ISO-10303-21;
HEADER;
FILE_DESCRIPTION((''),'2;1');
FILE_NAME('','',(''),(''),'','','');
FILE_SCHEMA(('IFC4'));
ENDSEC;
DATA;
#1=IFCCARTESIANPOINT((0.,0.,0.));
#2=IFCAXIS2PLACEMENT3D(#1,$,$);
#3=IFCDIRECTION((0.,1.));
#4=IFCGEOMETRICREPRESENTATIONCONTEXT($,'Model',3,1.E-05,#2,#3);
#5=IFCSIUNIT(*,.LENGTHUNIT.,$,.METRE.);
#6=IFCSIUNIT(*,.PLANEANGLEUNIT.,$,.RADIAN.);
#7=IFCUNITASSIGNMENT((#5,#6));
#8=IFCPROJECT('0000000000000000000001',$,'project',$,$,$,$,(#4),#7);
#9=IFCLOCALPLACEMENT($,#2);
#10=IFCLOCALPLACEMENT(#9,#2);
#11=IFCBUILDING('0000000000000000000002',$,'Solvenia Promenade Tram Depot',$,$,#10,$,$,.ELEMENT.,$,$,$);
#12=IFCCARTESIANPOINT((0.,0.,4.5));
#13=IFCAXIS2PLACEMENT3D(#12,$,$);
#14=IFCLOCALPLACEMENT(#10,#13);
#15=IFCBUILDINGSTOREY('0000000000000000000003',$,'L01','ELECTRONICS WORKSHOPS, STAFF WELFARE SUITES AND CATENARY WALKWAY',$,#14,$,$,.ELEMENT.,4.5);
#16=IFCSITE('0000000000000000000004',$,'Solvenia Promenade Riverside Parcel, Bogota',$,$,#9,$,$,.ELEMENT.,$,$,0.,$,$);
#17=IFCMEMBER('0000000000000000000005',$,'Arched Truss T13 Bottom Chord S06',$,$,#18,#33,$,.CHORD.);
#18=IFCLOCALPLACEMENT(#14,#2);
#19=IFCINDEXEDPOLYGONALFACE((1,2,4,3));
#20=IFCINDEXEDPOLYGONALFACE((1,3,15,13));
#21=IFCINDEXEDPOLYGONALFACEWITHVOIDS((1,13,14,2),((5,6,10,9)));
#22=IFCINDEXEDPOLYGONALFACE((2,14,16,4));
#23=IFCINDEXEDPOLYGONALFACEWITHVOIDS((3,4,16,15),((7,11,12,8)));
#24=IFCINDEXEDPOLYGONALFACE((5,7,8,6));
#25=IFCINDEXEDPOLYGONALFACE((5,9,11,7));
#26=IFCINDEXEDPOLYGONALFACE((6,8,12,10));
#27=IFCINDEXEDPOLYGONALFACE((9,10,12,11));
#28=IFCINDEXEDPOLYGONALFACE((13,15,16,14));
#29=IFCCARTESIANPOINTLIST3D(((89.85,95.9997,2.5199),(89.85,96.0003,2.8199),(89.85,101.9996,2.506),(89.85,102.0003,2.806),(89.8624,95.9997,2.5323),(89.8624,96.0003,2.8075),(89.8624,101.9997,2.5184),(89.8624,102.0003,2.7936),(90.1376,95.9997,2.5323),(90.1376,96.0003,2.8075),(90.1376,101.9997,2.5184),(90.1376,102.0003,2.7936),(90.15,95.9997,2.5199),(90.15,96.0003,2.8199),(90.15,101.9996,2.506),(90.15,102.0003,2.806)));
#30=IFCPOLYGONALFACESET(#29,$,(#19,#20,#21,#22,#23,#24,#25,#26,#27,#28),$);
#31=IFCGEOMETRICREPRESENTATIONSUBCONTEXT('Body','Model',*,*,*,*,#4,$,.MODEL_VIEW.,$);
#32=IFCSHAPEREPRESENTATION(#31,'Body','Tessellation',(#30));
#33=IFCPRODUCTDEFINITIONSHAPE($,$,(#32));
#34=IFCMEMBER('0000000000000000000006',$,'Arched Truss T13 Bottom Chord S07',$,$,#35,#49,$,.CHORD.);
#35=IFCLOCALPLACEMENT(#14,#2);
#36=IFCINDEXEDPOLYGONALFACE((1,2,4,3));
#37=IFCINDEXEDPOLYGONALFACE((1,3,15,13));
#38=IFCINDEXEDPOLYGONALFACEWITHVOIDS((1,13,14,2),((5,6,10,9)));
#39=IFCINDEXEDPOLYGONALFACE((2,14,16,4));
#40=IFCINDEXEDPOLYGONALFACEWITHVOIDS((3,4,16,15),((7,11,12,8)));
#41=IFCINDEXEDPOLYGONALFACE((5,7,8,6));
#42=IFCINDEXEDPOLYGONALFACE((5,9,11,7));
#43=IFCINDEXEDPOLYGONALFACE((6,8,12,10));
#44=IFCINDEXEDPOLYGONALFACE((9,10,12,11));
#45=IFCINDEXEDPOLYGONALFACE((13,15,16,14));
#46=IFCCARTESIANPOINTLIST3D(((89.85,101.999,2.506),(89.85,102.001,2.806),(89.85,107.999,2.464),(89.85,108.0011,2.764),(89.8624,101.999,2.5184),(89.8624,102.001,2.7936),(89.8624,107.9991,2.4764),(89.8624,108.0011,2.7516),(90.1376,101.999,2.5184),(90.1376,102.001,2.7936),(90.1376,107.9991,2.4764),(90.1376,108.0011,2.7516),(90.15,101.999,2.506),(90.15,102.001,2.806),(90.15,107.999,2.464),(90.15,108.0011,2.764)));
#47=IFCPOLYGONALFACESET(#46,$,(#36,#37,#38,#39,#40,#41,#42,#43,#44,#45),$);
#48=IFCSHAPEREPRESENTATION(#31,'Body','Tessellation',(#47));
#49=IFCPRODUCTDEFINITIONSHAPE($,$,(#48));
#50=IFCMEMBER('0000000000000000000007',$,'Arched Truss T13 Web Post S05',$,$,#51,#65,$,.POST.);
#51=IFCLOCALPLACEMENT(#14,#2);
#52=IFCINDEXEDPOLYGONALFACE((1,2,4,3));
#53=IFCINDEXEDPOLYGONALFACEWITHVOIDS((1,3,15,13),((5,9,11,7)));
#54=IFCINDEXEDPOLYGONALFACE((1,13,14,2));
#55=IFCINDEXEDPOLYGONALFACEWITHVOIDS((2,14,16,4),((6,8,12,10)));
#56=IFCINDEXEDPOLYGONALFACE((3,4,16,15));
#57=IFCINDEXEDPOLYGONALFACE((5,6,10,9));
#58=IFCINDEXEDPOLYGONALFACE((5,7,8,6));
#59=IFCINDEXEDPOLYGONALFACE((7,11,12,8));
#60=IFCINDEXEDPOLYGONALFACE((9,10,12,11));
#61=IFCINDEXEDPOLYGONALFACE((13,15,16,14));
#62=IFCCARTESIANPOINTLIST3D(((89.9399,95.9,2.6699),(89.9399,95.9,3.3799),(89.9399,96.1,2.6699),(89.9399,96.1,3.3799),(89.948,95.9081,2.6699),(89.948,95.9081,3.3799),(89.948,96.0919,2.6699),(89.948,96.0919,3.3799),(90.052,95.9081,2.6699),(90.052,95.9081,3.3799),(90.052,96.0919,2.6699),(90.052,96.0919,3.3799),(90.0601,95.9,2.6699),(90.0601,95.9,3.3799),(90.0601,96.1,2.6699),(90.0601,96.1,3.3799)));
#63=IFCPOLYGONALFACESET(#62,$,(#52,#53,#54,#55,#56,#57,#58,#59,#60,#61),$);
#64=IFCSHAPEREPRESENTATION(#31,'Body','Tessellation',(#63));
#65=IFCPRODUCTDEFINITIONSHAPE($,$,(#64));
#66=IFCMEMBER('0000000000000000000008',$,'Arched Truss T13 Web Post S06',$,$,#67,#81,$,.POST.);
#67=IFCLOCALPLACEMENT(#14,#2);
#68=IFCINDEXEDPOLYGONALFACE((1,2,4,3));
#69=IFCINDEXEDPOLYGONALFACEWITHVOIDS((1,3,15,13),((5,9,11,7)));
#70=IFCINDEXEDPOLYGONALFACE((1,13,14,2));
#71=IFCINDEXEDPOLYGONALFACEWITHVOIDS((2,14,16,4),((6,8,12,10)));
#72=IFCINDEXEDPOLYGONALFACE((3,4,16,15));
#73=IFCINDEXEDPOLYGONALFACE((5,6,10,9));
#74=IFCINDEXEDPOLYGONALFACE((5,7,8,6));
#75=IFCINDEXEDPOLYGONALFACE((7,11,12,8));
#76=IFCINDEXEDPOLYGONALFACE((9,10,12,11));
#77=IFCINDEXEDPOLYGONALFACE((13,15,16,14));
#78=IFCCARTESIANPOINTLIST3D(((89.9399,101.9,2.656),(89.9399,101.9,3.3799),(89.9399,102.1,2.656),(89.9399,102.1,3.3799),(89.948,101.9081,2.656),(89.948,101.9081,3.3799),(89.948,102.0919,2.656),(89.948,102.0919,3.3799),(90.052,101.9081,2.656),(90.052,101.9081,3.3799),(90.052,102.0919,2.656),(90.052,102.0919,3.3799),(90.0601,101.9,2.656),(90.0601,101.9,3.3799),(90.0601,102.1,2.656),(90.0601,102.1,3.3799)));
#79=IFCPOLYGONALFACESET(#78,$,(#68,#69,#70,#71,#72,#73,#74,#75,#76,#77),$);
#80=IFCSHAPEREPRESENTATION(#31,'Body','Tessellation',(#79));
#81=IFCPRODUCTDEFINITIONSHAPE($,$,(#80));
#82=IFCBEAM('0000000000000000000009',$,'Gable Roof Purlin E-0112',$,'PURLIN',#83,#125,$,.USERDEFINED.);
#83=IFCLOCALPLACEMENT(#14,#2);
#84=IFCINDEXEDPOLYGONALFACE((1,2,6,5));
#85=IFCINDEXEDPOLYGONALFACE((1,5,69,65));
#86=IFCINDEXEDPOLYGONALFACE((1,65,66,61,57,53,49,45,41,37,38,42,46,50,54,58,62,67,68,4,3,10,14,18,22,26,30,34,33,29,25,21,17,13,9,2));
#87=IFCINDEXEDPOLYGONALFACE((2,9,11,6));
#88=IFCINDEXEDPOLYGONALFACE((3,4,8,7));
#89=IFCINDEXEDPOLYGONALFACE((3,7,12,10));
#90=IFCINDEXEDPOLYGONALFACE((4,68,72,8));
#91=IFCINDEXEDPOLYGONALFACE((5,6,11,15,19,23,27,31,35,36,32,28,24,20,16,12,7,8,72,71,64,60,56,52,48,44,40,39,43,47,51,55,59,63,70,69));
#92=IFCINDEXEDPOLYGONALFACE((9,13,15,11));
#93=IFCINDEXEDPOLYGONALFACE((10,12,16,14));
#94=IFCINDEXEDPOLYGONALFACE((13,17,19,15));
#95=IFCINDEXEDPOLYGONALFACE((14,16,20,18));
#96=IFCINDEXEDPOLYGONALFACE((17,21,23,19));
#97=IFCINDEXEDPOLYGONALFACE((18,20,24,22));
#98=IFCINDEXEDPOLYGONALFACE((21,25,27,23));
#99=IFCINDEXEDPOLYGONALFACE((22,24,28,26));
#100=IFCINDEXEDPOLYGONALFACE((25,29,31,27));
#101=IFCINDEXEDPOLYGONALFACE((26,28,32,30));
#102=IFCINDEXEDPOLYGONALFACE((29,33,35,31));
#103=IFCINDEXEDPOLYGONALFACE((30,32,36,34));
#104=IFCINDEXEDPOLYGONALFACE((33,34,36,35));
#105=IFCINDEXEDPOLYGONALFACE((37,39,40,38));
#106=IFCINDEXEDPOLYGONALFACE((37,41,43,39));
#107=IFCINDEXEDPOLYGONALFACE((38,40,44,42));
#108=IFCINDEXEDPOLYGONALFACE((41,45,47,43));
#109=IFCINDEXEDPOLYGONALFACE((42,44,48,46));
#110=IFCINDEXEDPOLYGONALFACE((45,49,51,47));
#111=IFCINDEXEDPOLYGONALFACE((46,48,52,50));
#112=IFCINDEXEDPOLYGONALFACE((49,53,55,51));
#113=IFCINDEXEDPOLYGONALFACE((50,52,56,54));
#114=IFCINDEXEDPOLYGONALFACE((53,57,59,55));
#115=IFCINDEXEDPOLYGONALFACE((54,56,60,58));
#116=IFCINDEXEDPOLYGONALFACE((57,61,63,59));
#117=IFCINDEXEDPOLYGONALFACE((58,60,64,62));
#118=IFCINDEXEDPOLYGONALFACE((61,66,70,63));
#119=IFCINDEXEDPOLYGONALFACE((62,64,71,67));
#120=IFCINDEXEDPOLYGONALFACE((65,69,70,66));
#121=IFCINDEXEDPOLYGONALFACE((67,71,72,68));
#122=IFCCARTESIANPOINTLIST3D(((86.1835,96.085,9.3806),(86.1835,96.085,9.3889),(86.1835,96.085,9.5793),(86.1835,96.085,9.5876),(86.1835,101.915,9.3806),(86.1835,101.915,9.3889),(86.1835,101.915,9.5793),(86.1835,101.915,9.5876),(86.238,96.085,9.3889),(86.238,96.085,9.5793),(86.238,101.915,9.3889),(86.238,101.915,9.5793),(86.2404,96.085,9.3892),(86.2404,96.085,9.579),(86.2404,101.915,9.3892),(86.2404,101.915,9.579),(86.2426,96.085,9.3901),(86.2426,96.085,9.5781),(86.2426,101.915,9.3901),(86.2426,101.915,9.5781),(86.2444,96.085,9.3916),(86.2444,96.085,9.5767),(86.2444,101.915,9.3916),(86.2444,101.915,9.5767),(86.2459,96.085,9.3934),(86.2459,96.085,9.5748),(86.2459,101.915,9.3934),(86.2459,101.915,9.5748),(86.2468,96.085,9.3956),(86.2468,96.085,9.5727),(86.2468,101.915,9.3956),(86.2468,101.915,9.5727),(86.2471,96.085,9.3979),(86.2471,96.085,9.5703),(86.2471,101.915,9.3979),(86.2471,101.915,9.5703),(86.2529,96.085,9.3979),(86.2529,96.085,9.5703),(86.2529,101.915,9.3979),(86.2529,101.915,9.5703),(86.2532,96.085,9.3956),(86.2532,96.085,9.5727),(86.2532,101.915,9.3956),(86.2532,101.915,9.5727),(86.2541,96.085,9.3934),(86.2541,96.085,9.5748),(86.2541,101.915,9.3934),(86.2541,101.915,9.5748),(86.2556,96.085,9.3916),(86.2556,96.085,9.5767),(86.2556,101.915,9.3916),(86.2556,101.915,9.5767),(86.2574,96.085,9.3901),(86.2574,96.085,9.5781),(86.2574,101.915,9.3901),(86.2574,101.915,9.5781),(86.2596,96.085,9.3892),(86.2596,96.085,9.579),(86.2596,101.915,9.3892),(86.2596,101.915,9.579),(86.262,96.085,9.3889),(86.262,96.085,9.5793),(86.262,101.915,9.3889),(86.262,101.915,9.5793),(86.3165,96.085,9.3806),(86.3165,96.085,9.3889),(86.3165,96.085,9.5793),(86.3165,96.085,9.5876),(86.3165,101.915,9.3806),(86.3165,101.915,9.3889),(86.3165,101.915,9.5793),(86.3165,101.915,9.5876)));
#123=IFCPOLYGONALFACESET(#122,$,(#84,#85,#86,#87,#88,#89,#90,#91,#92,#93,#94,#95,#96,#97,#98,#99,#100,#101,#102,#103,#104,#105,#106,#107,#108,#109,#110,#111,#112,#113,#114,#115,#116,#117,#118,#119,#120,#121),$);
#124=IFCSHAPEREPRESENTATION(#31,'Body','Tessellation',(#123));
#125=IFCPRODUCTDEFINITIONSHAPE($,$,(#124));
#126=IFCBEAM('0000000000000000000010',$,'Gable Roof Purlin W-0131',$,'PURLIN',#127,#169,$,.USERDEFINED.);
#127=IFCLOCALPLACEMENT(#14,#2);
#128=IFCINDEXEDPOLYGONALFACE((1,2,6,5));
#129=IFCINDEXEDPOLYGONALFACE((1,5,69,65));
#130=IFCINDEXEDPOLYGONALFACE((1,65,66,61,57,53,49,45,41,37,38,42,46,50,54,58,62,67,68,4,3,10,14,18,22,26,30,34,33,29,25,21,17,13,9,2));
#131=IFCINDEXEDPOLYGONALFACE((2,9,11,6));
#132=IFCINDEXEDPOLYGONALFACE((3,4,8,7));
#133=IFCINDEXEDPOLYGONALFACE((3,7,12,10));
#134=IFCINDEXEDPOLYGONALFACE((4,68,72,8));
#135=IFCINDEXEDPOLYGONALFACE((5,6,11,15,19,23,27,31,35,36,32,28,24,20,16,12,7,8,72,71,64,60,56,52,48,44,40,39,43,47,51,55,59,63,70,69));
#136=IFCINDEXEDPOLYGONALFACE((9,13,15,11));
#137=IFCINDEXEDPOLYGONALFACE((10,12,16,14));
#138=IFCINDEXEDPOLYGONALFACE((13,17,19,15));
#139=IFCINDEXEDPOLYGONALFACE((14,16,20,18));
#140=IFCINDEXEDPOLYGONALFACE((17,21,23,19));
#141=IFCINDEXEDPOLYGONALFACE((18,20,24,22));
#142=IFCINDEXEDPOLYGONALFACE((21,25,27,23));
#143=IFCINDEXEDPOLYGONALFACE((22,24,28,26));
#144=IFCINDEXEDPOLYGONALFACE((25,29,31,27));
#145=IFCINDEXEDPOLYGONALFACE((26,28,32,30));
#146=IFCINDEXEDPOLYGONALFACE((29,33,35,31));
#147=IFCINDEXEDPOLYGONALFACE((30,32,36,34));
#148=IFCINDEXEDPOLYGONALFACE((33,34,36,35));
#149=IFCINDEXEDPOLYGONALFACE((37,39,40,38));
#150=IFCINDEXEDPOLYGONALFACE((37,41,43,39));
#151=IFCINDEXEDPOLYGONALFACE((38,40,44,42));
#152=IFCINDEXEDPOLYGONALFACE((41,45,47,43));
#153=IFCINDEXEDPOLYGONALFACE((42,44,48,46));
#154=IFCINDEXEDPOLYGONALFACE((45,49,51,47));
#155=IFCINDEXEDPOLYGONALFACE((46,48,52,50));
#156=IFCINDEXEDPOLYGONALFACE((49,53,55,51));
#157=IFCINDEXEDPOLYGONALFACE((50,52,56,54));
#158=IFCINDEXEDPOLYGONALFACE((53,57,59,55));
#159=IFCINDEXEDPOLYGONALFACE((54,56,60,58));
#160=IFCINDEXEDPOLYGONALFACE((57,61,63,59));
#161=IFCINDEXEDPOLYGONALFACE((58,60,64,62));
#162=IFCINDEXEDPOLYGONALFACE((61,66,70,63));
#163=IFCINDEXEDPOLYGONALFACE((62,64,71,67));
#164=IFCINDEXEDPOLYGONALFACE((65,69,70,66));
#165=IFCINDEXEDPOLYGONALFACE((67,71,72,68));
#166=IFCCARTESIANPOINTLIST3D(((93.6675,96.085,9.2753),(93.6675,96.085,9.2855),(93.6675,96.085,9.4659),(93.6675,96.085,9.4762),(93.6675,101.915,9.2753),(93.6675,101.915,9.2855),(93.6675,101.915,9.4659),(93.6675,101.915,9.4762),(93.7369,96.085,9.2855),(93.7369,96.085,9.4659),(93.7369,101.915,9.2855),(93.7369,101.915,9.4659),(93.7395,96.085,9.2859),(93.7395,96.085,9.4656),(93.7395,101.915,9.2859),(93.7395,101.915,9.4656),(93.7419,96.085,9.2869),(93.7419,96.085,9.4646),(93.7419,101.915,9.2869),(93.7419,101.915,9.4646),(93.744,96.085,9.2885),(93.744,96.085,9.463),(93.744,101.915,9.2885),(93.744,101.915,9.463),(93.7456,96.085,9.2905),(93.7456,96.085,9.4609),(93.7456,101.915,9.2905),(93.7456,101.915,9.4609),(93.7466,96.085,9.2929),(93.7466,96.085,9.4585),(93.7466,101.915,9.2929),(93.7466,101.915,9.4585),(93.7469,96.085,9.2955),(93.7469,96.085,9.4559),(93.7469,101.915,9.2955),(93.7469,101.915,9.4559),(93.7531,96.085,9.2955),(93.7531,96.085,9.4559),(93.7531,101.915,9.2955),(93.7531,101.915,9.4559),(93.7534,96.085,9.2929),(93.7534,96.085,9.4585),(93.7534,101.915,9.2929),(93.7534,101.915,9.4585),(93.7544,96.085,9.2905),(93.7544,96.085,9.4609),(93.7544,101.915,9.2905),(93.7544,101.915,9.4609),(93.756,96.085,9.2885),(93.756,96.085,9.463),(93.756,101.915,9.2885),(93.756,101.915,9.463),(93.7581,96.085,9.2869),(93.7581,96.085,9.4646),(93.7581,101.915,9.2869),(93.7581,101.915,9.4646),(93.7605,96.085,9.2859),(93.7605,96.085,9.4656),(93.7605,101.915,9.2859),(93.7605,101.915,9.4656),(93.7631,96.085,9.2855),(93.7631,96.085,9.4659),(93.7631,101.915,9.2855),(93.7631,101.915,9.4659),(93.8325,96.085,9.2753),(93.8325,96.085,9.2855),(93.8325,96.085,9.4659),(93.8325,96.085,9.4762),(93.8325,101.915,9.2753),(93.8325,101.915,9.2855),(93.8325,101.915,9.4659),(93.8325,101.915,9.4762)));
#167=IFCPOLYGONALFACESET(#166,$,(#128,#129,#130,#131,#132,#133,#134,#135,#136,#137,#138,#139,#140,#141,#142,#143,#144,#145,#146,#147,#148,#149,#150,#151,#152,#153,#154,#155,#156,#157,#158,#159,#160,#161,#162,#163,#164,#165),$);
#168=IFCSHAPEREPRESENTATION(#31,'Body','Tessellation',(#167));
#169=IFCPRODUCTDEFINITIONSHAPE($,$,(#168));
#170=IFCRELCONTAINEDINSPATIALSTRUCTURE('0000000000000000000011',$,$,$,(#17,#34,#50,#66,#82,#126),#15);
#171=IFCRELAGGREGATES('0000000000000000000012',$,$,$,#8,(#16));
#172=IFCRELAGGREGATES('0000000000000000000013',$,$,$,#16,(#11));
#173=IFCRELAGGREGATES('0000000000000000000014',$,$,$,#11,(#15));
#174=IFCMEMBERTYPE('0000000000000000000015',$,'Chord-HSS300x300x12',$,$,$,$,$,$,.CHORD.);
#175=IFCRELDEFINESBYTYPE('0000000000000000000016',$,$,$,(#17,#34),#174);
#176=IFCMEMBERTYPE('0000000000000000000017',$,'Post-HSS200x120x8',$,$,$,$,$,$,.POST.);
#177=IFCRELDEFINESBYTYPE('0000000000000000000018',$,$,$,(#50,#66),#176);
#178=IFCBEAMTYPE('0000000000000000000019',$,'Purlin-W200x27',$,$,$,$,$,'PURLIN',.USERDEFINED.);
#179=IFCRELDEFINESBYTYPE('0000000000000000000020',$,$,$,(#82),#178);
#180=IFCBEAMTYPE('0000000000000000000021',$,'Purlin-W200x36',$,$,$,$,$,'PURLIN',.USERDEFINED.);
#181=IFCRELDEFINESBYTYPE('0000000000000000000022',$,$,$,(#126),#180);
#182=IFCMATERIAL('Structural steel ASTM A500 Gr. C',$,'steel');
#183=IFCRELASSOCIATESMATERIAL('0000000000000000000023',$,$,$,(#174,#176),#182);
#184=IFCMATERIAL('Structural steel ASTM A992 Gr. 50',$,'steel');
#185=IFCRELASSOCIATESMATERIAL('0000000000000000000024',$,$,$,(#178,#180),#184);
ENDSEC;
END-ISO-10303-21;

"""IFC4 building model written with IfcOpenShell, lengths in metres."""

from ifc_helpers import new_model, si_unit, direction, frame, origin, origin_2d, place, context, subcontext, project, spatial, hollow_rectangle, i_section, extrude, material, material_profile, profile_set, type_object, element, save


model = new_model("IFC4")

# Units and contexts
model_context = context("Model", 3, precision=1e-05, world=origin(), true_north=direction((0.0, 1.0)))
body_context = subcontext(model_context, "Body", "Model", "MODEL_VIEW")
ifc_project = project(units=[si_unit("LENGTHUNIT", "METRE"), si_unit("PLANEANGLEUNIT", "RADIAN")], contexts=[model_context])

# Site, building, storey
site_placement = place(None, origin())
site = spatial("IfcSite", under=ifc_project, at=site_placement, Name="Solvenia Promenade Riverside Parcel, Bogota", CompositionType="ELEMENT", RefElevation=0.0)
building_placement = place(site_placement, origin())
building = spatial("IfcBuilding", under=site, at=building_placement, Name="Solvenia Promenade Tram Depot", CompositionType="ELEMENT")
storey_placement = place(building_placement, frame((0.0, 0.0, 4.5)))
storey = spatial("IfcBuildingStorey", under=building, at=storey_placement, Name="L01", Description="ELECTRONICS WORKSHOPS, STAFF WELFARE SUITES AND CATENARY WALKWAY", CompositionType="ELEMENT", Elevation=4.5)

# Members
ifc_material_1 = material(Name="Structural steel ASTM A500 Gr. C", Category="steel")
ifc_material_profile_1 = material_profile(ifc_material_1, hollow_rectangle(XDim=0.3, YDim=0.3, WallThickness=0.0125, at=origin_2d()), Name="HSS300x300x12.5", Category="steel")
ifc_profile_set_1 = profile_set([ifc_material_profile_1], Name="Structural steel ASTM A500 Gr. C")
member_type_1 = type_object("IfcMemberType", Name="Chord-HSS300x300x12", PredefinedType="CHORD", material=ifc_profile_set_1)
member_1_placement = place(storey_placement, frame((90.0, 96.0, 2.6699), z_axis=(0.0, 0.999997, -0.002319), x_axis=(-1.0, 0.0, 0.0)))
element("IfcMember", 1, at=member_1_placement, inside=storey, type_object=member_type_1, Name="Arched Truss T13 Bottom Chord S06", PredefinedType="CHORD", context=body_context, shape_type="SweptSolid", body=[
    extrude(hollow_rectangle(XDim=0.3, YDim=0.3, WallThickness=0.0125, at=origin_2d()), origin(), (0.0, 0.0, 1.0), 6.0),
])
member_2_placement = place(storey_placement, frame((90.0, 102.0, 2.656), z_axis=(0.0, 0.999976, -0.006999), x_axis=(-1.0, 0.0, 0.0)))
element("IfcMember", 2, at=member_2_placement, inside=storey, type_object=member_type_1, Name="Arched Truss T13 Bottom Chord S07", PredefinedType="CHORD", context=body_context, shape_type="SweptSolid", body=[
    extrude(hollow_rectangle(XDim=0.3, YDim=0.3, WallThickness=0.0125, at=origin_2d()), origin(), (0.0, 0.0, 1.0), 6.0002),
])
ifc_material_profile_2 = material_profile(ifc_material_1, hollow_rectangle(XDim=0.1201, YDim=0.2, WallThickness=0.0081, at=origin_2d()), Name="HSS200x120x8", Category="steel")
ifc_profile_set_2 = profile_set([ifc_material_profile_2], Name="Structural steel ASTM A500 Gr. C")
member_type_2 = type_object("IfcMemberType", Name="Post-HSS200x120x8", PredefinedType="POST", material=ifc_profile_set_2)
member_3_placement = place(storey_placement, frame((90.0, 96.0, 2.6699), z_axis=(0.0, 0.0, 1.0), x_axis=(1.0, 0.0, 0.0)))
element("IfcMember", 3, at=member_3_placement, inside=storey, type_object=member_type_2, Name="Arched Truss T13 Web Post S05", PredefinedType="POST", context=body_context, shape_type="SweptSolid", body=[
    extrude(hollow_rectangle(XDim=0.1201, YDim=0.2, WallThickness=0.0081, at=origin_2d()), origin(), (0.0, 0.0, 1.0), 0.71),
])
member_4_placement = place(storey_placement, frame((90.0, 102.0, 2.656), z_axis=(0.0, 0.0, 1.0), x_axis=(1.0, 0.0, 0.0)))
element("IfcMember", 4, at=member_4_placement, inside=storey, type_object=member_type_2, Name="Arched Truss T13 Web Post S06", PredefinedType="POST", context=body_context, shape_type="SweptSolid", body=[
    extrude(hollow_rectangle(XDim=0.1201, YDim=0.2, WallThickness=0.0081, at=origin_2d()), origin(), (0.0, 0.0, 1.0), 0.7239),
])

# Beams
ifc_material_2 = material(Name="Structural steel ASTM A992 Gr. 50", Category="steel")
ifc_material_profile_3 = material_profile(ifc_material_2, i_section(OverallWidth=0.1331, OverallDepth=0.207, WebThickness=0.0059, FlangeThickness=0.0083, FilletRadius=0.009, at=origin_2d()), Name="W200x27", Category="steel")
ifc_profile_set_3 = profile_set([ifc_material_profile_3], Name="Structural steel ASTM A992 Gr. 50")
beam_type_1 = type_object("IfcBeamType", Name="Purlin-W200x27", ElementType="PURLIN", PredefinedType="USERDEFINED", material=ifc_profile_set_3)
beam_1_placement = place(storey_placement, frame((86.25, 96.085, 9.4841), z_axis=(0.0, 1.0, 0.0), x_axis=(-1.0, 0.0, 0.0)))
element("IfcBeam", 5, at=beam_1_placement, inside=storey, type_object=beam_type_1, Name="Gable Roof Purlin E-0112", ObjectType="PURLIN", PredefinedType="USERDEFINED", context=body_context, shape_type="SweptSolid", body=[
    extrude(i_section(OverallWidth=0.1331, OverallDepth=0.207, WebThickness=0.0059, FlangeThickness=0.0083, FilletRadius=0.009, at=origin_2d()), origin(), (0.0, 0.0, 1.0), 5.8301),
])
ifc_material_profile_4 = material_profile(ifc_material_2, i_section(OverallWidth=0.165, OverallDepth=0.2009, WebThickness=0.0061, FlangeThickness=0.0103, FilletRadius=0.01, at=origin_2d()), Name="W200x36", Category="steel")
ifc_profile_set_4 = profile_set([ifc_material_profile_4], Name="Structural steel ASTM A992 Gr. 50")
beam_type_2 = type_object("IfcBeamType", Name="Purlin-W200x36", ElementType="PURLIN", PredefinedType="USERDEFINED", material=ifc_profile_set_4)
beam_2_placement = place(storey_placement, frame((93.75, 96.085, 9.3757), z_axis=(0.0, 1.0, 0.0), x_axis=(-1.0, 0.0, 0.0)))
element("IfcBeam", 6, at=beam_2_placement, inside=storey, type_object=beam_type_2, Name="Gable Roof Purlin W-0131", ObjectType="PURLIN", PredefinedType="USERDEFINED", context=body_context, shape_type="SweptSolid", body=[
    extrude(i_section(OverallWidth=0.165, OverallDepth=0.2009, WebThickness=0.0061, FlangeThickness=0.0103, FilletRadius=0.01, at=origin_2d()), origin(), (0.0, 0.0, 1.0), 5.8301),
])

save(model, "model.ifc")
